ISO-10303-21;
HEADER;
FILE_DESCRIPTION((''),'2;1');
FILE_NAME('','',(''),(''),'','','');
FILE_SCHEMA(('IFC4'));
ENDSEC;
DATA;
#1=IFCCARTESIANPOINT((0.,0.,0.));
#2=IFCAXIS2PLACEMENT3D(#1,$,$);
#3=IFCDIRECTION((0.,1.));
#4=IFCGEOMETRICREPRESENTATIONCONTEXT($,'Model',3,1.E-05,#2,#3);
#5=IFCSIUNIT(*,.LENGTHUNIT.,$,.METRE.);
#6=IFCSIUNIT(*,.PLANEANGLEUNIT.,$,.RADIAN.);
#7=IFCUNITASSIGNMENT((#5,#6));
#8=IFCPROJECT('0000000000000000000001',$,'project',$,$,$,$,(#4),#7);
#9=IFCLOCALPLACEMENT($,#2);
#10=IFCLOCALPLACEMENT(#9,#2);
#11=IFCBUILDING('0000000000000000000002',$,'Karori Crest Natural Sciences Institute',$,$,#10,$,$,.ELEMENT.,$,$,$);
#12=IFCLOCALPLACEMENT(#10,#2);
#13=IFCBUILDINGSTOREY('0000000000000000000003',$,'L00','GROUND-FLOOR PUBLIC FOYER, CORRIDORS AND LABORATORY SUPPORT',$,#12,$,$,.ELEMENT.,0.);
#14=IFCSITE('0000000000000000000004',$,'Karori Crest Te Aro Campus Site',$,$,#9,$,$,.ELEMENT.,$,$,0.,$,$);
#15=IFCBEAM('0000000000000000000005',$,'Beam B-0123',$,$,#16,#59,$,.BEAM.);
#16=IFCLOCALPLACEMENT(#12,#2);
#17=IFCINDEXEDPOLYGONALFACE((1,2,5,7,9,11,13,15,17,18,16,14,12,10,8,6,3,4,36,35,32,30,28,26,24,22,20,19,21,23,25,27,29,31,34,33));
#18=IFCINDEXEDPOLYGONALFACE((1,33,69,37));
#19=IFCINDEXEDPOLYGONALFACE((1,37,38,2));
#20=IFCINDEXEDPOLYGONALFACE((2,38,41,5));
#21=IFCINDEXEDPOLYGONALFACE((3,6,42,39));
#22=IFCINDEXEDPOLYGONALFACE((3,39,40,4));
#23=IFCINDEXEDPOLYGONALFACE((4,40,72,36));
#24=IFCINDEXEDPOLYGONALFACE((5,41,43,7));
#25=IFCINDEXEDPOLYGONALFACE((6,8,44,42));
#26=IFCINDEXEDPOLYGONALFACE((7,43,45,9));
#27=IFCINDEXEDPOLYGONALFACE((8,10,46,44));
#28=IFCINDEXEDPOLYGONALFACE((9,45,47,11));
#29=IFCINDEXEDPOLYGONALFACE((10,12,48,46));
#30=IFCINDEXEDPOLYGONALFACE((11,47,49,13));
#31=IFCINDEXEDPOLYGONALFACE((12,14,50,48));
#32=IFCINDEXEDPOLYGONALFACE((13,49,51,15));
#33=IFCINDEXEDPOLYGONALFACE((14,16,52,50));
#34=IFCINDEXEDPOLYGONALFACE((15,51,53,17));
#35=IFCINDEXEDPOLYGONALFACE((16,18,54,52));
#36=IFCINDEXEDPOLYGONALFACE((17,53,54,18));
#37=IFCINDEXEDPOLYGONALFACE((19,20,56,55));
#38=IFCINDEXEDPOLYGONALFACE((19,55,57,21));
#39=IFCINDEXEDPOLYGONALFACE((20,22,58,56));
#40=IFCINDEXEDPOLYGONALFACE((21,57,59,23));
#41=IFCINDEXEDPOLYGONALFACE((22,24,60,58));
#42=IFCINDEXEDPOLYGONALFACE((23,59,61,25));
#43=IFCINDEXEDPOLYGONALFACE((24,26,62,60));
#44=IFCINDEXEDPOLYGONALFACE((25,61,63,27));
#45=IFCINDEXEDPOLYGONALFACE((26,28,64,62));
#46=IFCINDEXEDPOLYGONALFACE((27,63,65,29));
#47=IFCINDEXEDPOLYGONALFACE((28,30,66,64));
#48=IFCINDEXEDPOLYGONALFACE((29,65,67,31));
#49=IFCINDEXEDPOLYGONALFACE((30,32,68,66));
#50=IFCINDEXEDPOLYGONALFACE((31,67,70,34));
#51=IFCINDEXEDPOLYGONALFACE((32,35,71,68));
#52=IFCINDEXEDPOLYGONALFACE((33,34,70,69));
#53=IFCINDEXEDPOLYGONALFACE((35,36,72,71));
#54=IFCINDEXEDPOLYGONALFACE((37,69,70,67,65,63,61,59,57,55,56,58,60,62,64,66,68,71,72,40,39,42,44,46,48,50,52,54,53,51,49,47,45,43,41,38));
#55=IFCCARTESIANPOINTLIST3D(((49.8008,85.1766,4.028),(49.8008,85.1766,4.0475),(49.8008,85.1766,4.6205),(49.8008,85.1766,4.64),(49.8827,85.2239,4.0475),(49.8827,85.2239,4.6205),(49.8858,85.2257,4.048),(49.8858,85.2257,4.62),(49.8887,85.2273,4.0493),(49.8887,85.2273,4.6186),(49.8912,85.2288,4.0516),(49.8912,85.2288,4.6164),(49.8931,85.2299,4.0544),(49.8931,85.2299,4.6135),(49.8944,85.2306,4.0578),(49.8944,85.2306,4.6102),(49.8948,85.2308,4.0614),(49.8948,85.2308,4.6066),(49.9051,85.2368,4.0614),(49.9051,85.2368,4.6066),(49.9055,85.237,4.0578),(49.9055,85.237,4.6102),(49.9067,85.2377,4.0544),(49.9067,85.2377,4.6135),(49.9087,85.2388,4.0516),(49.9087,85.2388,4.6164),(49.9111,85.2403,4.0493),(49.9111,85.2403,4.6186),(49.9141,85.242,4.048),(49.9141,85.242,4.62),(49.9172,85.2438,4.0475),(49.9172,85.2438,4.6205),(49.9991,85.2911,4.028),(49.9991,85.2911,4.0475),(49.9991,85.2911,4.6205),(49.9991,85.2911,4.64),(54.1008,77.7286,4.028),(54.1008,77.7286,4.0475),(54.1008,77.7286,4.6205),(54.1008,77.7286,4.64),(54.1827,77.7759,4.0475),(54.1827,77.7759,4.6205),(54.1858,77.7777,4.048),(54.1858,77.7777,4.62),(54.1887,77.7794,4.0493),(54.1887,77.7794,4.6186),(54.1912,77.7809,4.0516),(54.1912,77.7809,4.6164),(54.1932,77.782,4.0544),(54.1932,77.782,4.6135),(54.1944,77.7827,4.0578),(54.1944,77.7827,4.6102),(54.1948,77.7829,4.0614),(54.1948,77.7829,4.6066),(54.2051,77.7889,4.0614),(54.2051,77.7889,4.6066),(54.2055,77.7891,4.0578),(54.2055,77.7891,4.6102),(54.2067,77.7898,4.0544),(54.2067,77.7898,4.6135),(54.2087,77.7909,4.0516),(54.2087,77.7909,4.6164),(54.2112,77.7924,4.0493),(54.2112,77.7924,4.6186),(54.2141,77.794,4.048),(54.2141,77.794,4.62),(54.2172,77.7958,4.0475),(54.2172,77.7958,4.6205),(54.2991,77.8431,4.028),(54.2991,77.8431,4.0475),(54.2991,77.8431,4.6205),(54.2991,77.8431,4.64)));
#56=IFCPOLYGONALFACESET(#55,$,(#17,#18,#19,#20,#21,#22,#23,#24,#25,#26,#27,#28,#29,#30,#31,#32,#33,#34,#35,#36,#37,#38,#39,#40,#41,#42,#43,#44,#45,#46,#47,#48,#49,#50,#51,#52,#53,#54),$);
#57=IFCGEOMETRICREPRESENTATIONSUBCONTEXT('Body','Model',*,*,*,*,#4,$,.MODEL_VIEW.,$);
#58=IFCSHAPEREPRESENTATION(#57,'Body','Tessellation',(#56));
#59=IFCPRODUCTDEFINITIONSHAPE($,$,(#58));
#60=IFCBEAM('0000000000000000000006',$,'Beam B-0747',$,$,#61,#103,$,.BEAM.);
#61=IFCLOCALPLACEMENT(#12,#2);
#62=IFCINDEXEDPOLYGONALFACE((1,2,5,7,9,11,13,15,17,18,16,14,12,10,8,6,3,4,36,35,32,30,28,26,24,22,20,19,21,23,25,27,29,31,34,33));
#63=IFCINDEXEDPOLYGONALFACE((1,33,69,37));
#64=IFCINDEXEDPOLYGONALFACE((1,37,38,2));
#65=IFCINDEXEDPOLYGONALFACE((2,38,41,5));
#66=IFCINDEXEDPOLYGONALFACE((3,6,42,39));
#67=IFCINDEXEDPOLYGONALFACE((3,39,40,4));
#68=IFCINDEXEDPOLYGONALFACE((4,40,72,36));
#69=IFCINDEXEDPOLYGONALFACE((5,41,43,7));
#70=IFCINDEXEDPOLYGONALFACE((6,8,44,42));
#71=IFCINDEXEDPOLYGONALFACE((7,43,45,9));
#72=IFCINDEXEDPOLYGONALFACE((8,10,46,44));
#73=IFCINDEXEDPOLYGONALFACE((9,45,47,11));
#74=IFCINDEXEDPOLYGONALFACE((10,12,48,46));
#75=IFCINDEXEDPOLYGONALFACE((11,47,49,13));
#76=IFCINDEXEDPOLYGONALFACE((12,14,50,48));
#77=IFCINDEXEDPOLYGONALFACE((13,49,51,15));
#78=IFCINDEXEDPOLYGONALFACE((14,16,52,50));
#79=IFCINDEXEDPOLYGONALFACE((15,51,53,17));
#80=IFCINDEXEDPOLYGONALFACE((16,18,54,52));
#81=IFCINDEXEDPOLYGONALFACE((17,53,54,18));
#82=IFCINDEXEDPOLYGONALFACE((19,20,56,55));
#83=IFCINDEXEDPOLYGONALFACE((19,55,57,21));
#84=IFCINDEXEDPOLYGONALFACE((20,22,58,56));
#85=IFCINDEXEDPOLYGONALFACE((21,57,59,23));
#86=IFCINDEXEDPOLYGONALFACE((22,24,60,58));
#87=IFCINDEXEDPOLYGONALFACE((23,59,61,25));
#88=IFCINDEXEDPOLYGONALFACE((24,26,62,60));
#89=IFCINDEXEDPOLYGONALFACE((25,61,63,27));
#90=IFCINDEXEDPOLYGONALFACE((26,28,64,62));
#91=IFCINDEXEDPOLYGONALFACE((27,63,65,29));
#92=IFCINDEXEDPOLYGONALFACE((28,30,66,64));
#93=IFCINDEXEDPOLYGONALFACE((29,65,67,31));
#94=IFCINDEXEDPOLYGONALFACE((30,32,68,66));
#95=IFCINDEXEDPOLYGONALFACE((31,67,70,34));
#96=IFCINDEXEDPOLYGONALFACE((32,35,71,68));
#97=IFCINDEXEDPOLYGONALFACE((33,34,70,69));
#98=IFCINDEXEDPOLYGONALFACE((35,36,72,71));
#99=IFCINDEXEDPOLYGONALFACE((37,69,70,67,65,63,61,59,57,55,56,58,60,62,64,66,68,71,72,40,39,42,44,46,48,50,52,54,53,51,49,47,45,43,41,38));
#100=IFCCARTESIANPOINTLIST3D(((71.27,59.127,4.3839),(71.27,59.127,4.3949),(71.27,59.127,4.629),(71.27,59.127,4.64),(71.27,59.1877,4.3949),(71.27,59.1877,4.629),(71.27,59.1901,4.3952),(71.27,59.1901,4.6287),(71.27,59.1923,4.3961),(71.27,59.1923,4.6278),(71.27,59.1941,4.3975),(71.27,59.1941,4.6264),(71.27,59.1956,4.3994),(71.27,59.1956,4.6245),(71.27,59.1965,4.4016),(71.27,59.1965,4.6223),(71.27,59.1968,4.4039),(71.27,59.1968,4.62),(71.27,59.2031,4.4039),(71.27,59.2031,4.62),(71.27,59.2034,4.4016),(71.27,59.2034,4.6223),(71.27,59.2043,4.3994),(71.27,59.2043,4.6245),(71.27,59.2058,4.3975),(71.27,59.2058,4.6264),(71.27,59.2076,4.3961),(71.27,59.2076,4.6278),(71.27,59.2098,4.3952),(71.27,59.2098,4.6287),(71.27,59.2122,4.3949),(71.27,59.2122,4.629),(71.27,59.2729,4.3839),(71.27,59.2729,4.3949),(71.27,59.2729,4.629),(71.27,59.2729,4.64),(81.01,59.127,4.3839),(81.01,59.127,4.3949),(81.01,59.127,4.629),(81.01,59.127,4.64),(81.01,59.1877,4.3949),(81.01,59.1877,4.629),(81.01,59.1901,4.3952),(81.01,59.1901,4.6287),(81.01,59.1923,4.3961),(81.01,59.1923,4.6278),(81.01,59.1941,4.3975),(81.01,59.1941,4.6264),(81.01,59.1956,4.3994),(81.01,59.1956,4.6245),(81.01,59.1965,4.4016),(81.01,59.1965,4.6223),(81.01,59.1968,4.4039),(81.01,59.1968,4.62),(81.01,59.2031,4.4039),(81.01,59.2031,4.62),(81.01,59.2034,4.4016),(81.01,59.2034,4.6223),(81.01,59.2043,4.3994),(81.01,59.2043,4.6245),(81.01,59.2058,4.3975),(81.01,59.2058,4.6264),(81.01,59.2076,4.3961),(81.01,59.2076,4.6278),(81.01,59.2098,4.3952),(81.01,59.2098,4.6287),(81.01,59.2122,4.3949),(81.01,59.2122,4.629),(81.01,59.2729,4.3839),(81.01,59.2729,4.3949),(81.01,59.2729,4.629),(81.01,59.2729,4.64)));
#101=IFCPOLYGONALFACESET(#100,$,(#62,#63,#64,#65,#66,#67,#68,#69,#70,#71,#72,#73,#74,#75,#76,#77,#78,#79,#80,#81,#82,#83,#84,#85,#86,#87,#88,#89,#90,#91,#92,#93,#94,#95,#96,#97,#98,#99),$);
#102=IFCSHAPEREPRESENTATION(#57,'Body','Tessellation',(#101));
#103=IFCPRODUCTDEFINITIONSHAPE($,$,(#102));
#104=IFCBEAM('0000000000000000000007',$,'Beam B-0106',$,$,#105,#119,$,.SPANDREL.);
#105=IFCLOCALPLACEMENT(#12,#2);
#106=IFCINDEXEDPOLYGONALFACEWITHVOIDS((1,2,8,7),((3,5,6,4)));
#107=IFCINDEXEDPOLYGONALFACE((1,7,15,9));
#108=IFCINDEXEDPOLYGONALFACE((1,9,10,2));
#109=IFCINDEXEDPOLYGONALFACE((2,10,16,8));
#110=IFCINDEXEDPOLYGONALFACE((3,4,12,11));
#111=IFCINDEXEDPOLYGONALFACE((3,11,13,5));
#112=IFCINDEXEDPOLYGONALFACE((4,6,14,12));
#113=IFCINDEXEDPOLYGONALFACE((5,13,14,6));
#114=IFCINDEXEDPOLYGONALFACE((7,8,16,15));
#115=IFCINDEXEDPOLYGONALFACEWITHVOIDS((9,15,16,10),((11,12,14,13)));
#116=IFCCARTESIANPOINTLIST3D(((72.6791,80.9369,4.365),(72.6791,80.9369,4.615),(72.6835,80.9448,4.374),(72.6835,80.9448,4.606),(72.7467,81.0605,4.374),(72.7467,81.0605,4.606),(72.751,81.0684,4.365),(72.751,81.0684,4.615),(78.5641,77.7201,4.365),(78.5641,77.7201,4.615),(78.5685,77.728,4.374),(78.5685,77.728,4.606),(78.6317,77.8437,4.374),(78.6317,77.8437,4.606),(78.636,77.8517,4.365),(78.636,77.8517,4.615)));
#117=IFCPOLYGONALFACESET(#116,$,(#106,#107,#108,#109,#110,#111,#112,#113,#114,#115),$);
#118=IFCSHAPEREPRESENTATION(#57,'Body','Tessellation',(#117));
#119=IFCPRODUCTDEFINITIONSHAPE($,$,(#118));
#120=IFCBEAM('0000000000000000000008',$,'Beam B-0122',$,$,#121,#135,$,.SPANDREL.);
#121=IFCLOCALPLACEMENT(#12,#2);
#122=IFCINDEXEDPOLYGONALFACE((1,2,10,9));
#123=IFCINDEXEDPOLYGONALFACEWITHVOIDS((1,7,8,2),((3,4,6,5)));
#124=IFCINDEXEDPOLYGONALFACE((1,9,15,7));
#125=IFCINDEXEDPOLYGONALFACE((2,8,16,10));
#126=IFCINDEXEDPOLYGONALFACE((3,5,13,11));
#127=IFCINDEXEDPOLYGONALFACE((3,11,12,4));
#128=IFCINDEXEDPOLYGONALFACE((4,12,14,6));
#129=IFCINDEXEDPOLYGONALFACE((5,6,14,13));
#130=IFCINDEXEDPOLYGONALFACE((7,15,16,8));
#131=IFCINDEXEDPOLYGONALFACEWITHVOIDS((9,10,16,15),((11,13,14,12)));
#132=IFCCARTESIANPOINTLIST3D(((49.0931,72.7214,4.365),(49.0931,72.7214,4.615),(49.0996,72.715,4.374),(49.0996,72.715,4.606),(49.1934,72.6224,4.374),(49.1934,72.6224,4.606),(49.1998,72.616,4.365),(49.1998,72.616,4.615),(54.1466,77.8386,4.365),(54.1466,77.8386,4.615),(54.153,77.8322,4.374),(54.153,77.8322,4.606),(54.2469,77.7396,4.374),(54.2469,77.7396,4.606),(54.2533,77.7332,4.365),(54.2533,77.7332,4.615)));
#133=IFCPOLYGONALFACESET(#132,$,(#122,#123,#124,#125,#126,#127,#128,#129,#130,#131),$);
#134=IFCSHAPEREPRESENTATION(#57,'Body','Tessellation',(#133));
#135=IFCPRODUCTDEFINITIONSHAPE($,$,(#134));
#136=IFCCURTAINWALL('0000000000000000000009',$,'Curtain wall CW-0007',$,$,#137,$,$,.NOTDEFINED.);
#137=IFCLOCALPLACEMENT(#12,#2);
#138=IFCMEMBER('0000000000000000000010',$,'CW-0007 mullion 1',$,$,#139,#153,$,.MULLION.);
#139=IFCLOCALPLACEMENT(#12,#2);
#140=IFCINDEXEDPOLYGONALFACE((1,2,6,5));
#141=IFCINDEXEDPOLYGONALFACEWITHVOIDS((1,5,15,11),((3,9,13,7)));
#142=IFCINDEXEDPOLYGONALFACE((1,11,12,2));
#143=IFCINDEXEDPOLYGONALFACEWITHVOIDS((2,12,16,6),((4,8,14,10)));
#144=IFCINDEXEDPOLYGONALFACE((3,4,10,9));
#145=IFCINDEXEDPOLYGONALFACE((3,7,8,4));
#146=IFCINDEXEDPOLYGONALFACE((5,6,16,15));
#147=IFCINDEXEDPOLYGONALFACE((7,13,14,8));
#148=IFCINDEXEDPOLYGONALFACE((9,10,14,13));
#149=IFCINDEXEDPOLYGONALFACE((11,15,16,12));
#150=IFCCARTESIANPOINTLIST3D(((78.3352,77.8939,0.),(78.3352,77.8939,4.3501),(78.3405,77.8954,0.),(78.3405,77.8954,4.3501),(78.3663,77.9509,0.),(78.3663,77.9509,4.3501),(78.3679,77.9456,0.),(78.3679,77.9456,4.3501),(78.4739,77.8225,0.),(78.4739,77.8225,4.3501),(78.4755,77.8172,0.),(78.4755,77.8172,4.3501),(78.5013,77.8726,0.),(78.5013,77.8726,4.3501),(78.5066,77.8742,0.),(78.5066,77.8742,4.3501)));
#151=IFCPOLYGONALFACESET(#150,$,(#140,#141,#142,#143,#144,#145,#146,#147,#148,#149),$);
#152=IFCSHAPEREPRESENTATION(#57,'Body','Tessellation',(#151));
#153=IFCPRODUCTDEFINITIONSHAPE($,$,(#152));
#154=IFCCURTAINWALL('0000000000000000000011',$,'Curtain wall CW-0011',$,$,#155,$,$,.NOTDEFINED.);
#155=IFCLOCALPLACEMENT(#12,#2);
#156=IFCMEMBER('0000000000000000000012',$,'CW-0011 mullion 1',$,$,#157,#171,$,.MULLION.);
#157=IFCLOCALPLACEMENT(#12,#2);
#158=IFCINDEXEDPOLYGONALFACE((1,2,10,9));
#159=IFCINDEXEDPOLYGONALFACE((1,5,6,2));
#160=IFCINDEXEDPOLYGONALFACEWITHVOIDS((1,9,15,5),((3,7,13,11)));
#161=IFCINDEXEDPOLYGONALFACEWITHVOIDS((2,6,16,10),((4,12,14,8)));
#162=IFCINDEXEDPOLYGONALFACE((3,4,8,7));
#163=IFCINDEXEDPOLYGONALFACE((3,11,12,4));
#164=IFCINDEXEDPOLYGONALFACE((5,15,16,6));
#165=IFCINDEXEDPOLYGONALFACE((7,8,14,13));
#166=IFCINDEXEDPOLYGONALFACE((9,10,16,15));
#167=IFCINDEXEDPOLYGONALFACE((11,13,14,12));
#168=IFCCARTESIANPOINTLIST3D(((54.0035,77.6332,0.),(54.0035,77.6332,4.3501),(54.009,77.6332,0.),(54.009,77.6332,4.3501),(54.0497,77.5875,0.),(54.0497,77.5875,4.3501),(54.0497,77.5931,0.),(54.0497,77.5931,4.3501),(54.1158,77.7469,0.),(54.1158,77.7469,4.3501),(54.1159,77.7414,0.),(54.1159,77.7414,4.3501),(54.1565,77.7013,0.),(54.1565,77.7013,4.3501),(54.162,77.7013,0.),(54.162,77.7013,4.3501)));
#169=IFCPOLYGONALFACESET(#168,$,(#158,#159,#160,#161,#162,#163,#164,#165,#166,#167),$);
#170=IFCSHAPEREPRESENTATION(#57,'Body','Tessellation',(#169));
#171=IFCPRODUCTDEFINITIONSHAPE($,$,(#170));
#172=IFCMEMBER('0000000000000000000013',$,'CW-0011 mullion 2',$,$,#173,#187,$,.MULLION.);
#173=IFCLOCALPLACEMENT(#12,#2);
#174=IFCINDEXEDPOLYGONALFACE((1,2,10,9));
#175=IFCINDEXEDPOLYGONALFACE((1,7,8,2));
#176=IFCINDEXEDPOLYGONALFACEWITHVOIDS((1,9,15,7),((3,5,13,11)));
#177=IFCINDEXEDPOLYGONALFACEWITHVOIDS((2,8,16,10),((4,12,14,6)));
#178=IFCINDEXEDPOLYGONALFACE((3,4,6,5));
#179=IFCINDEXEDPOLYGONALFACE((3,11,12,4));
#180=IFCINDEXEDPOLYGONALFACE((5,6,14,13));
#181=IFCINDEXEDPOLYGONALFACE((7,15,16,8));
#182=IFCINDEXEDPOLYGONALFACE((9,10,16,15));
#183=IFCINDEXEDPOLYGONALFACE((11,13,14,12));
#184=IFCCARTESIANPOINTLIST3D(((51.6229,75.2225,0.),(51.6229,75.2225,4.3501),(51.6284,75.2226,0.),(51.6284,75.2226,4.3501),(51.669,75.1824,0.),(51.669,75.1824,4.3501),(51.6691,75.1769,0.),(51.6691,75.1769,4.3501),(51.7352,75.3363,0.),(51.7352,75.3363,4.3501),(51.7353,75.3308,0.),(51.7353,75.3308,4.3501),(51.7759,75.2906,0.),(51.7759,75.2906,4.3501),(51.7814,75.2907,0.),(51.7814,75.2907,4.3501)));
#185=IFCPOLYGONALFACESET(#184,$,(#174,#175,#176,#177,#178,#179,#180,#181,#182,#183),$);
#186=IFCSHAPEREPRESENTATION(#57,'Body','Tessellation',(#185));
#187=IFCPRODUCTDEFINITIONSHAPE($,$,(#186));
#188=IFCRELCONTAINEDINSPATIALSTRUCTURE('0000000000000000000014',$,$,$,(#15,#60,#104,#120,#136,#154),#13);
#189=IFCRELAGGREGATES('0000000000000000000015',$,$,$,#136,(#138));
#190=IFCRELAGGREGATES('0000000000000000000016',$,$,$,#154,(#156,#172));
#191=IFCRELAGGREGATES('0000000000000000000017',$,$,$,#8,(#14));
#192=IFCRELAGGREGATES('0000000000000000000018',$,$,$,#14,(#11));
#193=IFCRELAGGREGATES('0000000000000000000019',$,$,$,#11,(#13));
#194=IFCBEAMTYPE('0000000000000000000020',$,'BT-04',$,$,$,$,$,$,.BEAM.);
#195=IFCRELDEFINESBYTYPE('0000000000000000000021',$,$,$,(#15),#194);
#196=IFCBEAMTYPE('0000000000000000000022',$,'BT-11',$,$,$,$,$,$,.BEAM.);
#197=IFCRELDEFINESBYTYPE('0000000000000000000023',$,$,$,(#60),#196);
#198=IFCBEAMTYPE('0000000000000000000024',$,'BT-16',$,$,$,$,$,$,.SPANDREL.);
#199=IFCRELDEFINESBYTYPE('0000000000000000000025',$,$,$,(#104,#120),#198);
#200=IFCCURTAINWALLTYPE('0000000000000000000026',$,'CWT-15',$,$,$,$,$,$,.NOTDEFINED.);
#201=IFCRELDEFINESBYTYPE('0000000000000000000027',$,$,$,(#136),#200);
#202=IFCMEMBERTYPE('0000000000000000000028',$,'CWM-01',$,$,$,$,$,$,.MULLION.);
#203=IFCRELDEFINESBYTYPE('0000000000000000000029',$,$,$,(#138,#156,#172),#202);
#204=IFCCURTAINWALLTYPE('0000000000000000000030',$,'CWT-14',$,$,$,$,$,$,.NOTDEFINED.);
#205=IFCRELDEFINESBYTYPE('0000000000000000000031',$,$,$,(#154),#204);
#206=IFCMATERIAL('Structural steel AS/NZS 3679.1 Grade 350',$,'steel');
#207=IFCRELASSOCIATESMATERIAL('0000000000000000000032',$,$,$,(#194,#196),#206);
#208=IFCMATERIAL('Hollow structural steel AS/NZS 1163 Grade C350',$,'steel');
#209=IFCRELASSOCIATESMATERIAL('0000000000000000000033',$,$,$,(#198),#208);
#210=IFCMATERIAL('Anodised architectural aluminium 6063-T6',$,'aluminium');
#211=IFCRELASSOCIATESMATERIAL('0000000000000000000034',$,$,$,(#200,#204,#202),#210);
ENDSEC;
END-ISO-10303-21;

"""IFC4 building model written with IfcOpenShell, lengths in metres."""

from ifc_helpers import new_model, si_unit, direction, frame, origin, origin_2d, place, context, subcontext, project, spatial, hollow_rectangle, i_section, extrude, material, material_profile, profile_set, type_object, element, aggregate, save


model = new_model("IFC4")

# Units and contexts
model_context = context("Model", 3, precision=1e-05, world=origin(), true_north=direction((0.0, 1.0)))
body_context = subcontext(model_context, "Body", "Model", "MODEL_VIEW")
ifc_project = project(units=[si_unit("LENGTHUNIT", "METRE"), si_unit("PLANEANGLEUNIT", "RADIAN")], contexts=[model_context])

# Site, building, storey
site_placement = place(None, origin())
site = spatial("IfcSite", under=ifc_project, at=site_placement, Name="Karori Crest Te Aro Campus Site", CompositionType="ELEMENT", RefElevation=0.0)
building_placement = place(site_placement, origin())
building = spatial("IfcBuilding", under=site, at=building_placement, Name="Karori Crest Natural Sciences Institute", CompositionType="ELEMENT")
storey_placement = place(building_placement, origin())
storey = spatial("IfcBuildingStorey", under=building, at=storey_placement, Name="L00", Description="GROUND-FLOOR PUBLIC FOYER, CORRIDORS AND LABORATORY SUPPORT", CompositionType="ELEMENT", Elevation=0.0)

# Shared definitions
ifc_material_1 = material(Name="Hollow structural steel AS/NZS 1163 Grade C350", Category="steel")
ifc_material_2 = material(Name="Structural steel AS/NZS 3679.1 Grade 350", Category="steel")

# Beams
ifc_material_profile_1 = material_profile(ifc_material_2, i_section(OverallWidth=0.229, OverallDepth=0.6121, WebThickness=0.012, FlangeThickness=0.0195, FilletRadius=0.0139, at=origin_2d()), Name="610UB125")
ifc_profile_set_1 = profile_set([ifc_material_profile_1], Name="Structural steel AS/NZS 3679.1 Grade 350")
beam_type_1 = type_object("IfcBeamType", Name="BT-04", PredefinedType="BEAM", material=ifc_profile_set_1)
for number, where, z_axis, x_axis, name in (
    (1, (54.2, 77.7859, 4.334), (-0.499995, 0.866028, 0.0), (-0.866028, -0.499995, 0.0), "Beam B-0123"),
):
    element("IfcBeam", number, at=place(storey_placement, frame(where, z_axis=z_axis, x_axis=x_axis)), inside=storey, type_object=beam_type_1, Name=name, PredefinedType="BEAM", context=body_context, shape_type="SweptSolid", body=[
        extrude(i_section(OverallWidth=0.229, OverallDepth=0.6121, WebThickness=0.012, FlangeThickness=0.0195, FilletRadius=0.0139, at=origin_2d()), origin(), (0.0, 0.0, 1.0), 8.6001),
    ])
ifc_material_profile_2 = material_profile(ifc_material_2, i_section(OverallWidth=0.146, OverallDepth=0.2561, WebThickness=0.0063, FlangeThickness=0.011, FilletRadius=0.009, at=origin_2d()), Name="250UB37.3")
ifc_profile_set_2 = profile_set([ifc_material_profile_2], Name="Structural steel AS/NZS 3679.1 Grade 350")
beam_type_2 = type_object("IfcBeamType", Name="BT-11", PredefinedType="BEAM", material=ifc_profile_set_2)
beam_1_placement = place(storey_placement, frame((71.27, 59.2, 4.512), z_axis=(1.0, 0.0, 0.0), x_axis=(0.0, 1.0, 0.0)))
element("IfcBeam", 2, at=beam_1_placement, inside=storey, type_object=beam_type_2, Name="Beam B-0747", PredefinedType="BEAM", context=body_context, shape_type="SweptSolid", body=[
    extrude(i_section(OverallWidth=0.146, OverallDepth=0.2561, WebThickness=0.0063, FlangeThickness=0.011, FilletRadius=0.009, at=origin_2d()), origin(), (0.0, 0.0, 1.0), 9.74),
])
ifc_material_profile_3 = material_profile(ifc_material_1, hollow_rectangle(XDim=0.1499, YDim=0.25, WallThickness=0.009, at=origin_2d()), Name="RHS250x150x9")
ifc_profile_set_3 = profile_set([ifc_material_profile_3], Name="Hollow structural steel AS/NZS 1163 Grade C350")
beam_type_3 = type_object("IfcBeamType", Name="BT-16", PredefinedType="SPANDREL", material=ifc_profile_set_3)
beam_2_placement = place(storey_placement, frame((78.6001, 77.7859, 4.49), z_axis=(-0.87747, 0.479632, 0.0), x_axis=(-0.479632, -0.87747, 0.0)))
element("IfcBeam", 3, at=beam_2_placement, inside=storey, type_object=beam_type_3, Name="Beam B-0106", PredefinedType="SPANDREL", context=body_context, shape_type="SweptSolid", body=[
    extrude(hollow_rectangle(XDim=0.1499, YDim=0.25, WallThickness=0.009, at=origin_2d()), origin(), (0.0, 0.0, 1.0), 6.7068),
])
beam_3_placement = place(storey_placement, frame((54.2, 77.7859, 4.49), z_axis=(-0.702663, -0.711523, 0.0), x_axis=(0.711523, -0.702663, 0.0)))
element("IfcBeam", 4, at=beam_3_placement, inside=storey, type_object=beam_type_3, Name="Beam B-0122", PredefinedType="SPANDREL", context=body_context, shape_type="SweptSolid", body=[
    extrude(hollow_rectangle(XDim=0.1499, YDim=0.25, WallThickness=0.009, at=origin_2d()), origin(), (0.0, 0.0, 1.0), 7.1919),
])

# Curtain wall, member
ifc_material_3 = material(Name="Anodised architectural aluminium 6063-T6", Category="aluminium")
curtain_wall_type_1 = type_object("IfcCurtainWallType", Name="CWT-15", PredefinedType="NOTDEFINED", material=ifc_material_3)
curtain_wall_1_placement = place(storey_placement, origin())
curtain_wall_1 = element("IfcCurtainWall", 5, at=curtain_wall_1_placement, inside=storey, type_object=curtain_wall_type_1, Name="Curtain wall CW-0007", PredefinedType="NOTDEFINED")
ifc_material_profile_4 = material_profile(ifc_material_3, hollow_rectangle(XDim=0.0649, YDim=0.1599, WallThickness=0.0039, at=origin_2d()), Name="CWM160x65x4")
ifc_profile_set_4 = profile_set([ifc_material_profile_4], Name="Anodised architectural aluminium 6063-T6")
member_type_1 = type_object("IfcMemberType", Name="CWM-01", PredefinedType="MULLION", material=ifc_profile_set_4)
member_1_placement = place(storey_placement, frame((78.4209, 77.884, 0.0), z_axis=(0.0, 0.0, 1.0), x_axis=(-0.479643, -0.877464, 0.0)))
member_1 = element("IfcMember", 6, at=member_1_placement, type_object=member_type_1, Name="CW-0007 mullion 1", PredefinedType="MULLION", context=body_context, shape_type="SweptSolid", body=[
    extrude(hollow_rectangle(XDim=0.0649, YDim=0.1599, WallThickness=0.0039, at=origin_2d()), origin(), (0.0, 0.0, 1.0), 4.3501),
])

# Curtain wall, members
curtain_wall_type_2 = type_object("IfcCurtainWallType", Name="CWT-14", PredefinedType="NOTDEFINED", material=ifc_material_3)
curtain_wall_2_placement = place(storey_placement, origin())
curtain_wall_2 = element("IfcCurtainWall", 7, at=curtain_wall_2_placement, inside=storey, type_object=curtain_wall_type_2, Name="Curtain wall CW-0011", PredefinedType="NOTDEFINED")
member_2_placement = place(storey_placement, frame((54.0828, 77.6672, 0.0), z_axis=(0.0, 0.0, 1.0), x_axis=(0.711529, -0.702656, 0.0)))
member_2 = element("IfcMember", 8, at=member_2_placement, type_object=member_type_1, Name="CW-0011 mullion 1", PredefinedType="MULLION", context=body_context, shape_type="SweptSolid", body=[
    extrude(hollow_rectangle(XDim=0.0649, YDim=0.1599, WallThickness=0.0039, at=origin_2d()), origin(), (0.0, 0.0, 1.0), 4.3501),
])
member_3_placement = place(storey_placement, frame((51.7021, 75.2566, 0.0), z_axis=(0.0, 0.0, 1.0), x_axis=(0.711529, -0.702656, 0.0)))
member_3 = element("IfcMember", 9, at=member_3_placement, type_object=member_type_1, Name="CW-0011 mullion 2", PredefinedType="MULLION", context=body_context, shape_type="SweptSolid", body=[
    extrude(hollow_rectangle(XDim=0.0649, YDim=0.1599, WallThickness=0.0039, at=origin_2d()), origin(), (0.0, 0.0, 1.0), 4.3501),
])

aggregate(curtain_wall_1, [member_1])
aggregate(curtain_wall_2, [member_2, member_3])

save(model, "model.ifc")
